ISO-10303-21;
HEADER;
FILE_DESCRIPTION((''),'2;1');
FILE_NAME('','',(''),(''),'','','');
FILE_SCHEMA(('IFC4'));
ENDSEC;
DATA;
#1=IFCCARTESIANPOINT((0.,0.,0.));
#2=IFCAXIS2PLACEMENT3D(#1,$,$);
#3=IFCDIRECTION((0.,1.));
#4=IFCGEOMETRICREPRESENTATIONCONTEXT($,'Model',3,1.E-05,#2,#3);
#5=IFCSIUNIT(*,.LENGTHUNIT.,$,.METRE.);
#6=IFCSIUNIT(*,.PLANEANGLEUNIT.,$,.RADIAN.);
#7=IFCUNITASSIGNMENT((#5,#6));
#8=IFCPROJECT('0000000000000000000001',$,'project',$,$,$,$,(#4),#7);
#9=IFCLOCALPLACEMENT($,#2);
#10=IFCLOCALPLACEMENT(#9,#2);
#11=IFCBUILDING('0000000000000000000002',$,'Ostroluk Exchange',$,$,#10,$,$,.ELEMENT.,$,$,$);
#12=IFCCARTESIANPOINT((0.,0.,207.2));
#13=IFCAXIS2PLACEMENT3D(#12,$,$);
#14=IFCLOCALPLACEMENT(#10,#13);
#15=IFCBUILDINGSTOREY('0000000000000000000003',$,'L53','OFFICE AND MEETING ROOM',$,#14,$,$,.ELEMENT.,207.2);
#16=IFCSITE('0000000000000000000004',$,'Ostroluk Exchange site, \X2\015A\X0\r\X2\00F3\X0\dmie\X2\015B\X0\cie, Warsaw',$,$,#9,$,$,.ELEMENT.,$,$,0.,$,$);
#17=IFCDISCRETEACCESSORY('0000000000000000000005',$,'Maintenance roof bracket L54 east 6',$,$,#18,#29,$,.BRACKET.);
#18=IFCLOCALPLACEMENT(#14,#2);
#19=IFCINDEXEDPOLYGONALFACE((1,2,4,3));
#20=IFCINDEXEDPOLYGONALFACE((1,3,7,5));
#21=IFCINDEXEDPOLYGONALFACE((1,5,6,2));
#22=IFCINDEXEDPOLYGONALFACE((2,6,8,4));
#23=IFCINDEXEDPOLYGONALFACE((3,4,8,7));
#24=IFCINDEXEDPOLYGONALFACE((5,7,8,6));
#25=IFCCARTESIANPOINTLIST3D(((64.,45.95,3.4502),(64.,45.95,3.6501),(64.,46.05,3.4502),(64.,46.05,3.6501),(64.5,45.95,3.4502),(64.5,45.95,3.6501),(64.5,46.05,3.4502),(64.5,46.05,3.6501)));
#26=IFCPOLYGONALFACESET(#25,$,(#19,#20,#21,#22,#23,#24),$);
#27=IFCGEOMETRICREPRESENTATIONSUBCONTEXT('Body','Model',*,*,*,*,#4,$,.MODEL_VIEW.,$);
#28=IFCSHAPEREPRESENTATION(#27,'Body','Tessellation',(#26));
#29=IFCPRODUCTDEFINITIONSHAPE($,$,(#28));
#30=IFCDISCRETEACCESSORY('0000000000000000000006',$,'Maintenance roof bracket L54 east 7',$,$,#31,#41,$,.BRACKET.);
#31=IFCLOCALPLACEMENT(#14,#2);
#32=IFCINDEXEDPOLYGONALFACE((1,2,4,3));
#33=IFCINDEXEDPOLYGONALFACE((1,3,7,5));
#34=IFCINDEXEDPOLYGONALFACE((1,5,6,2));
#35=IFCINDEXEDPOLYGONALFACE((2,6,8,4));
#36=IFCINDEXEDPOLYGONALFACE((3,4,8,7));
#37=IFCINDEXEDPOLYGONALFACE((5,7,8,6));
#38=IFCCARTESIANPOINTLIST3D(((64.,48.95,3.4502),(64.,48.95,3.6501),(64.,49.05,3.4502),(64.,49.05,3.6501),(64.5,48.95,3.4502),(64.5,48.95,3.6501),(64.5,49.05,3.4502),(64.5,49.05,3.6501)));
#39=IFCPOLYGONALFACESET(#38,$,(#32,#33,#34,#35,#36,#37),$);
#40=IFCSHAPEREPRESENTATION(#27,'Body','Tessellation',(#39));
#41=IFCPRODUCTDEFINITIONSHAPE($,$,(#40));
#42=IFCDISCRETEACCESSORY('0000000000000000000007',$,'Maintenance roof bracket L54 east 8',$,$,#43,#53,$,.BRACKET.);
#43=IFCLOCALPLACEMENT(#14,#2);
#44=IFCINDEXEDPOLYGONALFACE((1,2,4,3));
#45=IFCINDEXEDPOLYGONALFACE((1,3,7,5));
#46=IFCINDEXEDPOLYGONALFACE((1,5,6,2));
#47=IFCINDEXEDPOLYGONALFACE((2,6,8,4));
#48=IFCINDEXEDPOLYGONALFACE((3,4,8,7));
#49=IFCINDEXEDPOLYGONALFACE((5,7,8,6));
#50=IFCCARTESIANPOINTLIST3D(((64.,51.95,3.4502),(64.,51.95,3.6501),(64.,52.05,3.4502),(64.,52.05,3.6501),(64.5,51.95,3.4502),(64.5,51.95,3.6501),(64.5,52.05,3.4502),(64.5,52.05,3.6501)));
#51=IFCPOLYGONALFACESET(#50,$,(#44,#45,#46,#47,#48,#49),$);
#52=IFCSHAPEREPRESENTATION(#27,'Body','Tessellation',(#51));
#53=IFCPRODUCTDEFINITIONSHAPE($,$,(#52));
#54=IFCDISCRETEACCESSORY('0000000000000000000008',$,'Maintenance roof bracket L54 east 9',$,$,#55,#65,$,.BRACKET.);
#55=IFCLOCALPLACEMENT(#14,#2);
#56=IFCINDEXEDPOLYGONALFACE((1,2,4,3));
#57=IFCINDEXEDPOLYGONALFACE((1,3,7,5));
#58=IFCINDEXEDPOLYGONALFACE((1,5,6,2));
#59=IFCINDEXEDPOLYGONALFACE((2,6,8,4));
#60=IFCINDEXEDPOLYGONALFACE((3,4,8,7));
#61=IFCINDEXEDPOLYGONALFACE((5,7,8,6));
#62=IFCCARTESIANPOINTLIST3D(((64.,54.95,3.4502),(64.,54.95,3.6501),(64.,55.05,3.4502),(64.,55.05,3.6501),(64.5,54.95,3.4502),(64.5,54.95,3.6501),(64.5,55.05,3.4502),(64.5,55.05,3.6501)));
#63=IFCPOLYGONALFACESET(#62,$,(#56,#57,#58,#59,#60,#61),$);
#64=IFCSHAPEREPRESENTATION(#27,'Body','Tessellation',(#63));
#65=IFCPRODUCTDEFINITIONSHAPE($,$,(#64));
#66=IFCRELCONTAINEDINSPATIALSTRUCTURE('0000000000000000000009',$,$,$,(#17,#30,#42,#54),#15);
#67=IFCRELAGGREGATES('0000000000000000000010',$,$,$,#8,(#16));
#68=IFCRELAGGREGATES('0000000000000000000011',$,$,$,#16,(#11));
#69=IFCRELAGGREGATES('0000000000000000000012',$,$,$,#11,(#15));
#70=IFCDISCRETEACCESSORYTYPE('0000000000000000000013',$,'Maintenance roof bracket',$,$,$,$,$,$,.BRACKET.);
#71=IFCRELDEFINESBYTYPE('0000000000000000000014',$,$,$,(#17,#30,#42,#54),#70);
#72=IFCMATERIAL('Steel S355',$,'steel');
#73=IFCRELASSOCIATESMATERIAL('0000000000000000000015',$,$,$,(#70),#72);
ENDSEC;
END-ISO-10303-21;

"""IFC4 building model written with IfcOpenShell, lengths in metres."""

from ifc_helpers import new_model, si_unit, direction, frame, origin, origin_2d, place, context, subcontext, project, spatial, rectangle, extrude, material, type_object, element, save


model = new_model("IFC4")

# Units and contexts
model_context = context("Model", 3, precision=1e-05, world=origin(), true_north=direction((0.0, 1.0)))
body_context = subcontext(model_context, "Body", "Model", "MODEL_VIEW")
ifc_project = project(units=[si_unit("LENGTHUNIT", "METRE"), si_unit("PLANEANGLEUNIT", "RADIAN")], contexts=[model_context])

# Site, building, storey
site_placement = place(None, origin())
site = spatial("IfcSite", under=ifc_project, at=site_placement, Name="Ostroluk Exchange site, Śródmieście, Warsaw", CompositionType="ELEMENT", RefElevation=0.0)
building_placement = place(site_placement, origin())
building = spatial("IfcBuilding", under=site, at=building_placement, Name="Ostroluk Exchange", CompositionType="ELEMENT")
storey_placement = place(building_placement, frame((0.0, 0.0, 207.2)))
storey = spatial("IfcBuildingStorey", under=building, at=storey_placement, Name="L53", Description="OFFICE AND MEETING ROOM", CompositionType="ELEMENT", Elevation=207.2)

# Discrete accessories
ifc_material_1 = material(Name="Steel S355", Category="steel")
discrete_accessory_type = type_object("IfcDiscreteAccessoryType", Name="Maintenance roof bracket", PredefinedType="BRACKET", material=ifc_material_1)
for number, where, z_axis, x_axis, name in (
    (1, (64.25, 46.0, 3.4502), (0.0, 0.0, 1.0), (1.0, 0.0, 0.0), "Maintenance roof bracket L54 east 6"),
    (2, (64.25, 49.0, 3.4502), (0.0, 0.0, 1.0), (1.0, 0.0, 0.0), "Maintenance roof bracket L54 east 7"),
    (3, (64.25, 52.0, 3.4502), (0.0, 0.0, 1.0), (1.0, 0.0, 0.0), "Maintenance roof bracket L54 east 8"),
    (4, (64.25, 55.0, 3.4502), (0.0, 0.0, 1.0), (1.0, 0.0, 0.0), "Maintenance roof bracket L54 east 9"),
):
    element("IfcDiscreteAccessory", number, at=place(storey_placement, frame(where, z_axis=z_axis, x_axis=x_axis)), inside=storey, type_object=discrete_accessory_type, Name=name, PredefinedType="BRACKET", context=body_context, shape_type="SweptSolid", body=[
        extrude(rectangle(XDim=0.5, YDim=0.1001, at=origin_2d()), origin(), (0.0, 0.0, 1.0), 0.2),
    ])

save(model, "model.ifc")
